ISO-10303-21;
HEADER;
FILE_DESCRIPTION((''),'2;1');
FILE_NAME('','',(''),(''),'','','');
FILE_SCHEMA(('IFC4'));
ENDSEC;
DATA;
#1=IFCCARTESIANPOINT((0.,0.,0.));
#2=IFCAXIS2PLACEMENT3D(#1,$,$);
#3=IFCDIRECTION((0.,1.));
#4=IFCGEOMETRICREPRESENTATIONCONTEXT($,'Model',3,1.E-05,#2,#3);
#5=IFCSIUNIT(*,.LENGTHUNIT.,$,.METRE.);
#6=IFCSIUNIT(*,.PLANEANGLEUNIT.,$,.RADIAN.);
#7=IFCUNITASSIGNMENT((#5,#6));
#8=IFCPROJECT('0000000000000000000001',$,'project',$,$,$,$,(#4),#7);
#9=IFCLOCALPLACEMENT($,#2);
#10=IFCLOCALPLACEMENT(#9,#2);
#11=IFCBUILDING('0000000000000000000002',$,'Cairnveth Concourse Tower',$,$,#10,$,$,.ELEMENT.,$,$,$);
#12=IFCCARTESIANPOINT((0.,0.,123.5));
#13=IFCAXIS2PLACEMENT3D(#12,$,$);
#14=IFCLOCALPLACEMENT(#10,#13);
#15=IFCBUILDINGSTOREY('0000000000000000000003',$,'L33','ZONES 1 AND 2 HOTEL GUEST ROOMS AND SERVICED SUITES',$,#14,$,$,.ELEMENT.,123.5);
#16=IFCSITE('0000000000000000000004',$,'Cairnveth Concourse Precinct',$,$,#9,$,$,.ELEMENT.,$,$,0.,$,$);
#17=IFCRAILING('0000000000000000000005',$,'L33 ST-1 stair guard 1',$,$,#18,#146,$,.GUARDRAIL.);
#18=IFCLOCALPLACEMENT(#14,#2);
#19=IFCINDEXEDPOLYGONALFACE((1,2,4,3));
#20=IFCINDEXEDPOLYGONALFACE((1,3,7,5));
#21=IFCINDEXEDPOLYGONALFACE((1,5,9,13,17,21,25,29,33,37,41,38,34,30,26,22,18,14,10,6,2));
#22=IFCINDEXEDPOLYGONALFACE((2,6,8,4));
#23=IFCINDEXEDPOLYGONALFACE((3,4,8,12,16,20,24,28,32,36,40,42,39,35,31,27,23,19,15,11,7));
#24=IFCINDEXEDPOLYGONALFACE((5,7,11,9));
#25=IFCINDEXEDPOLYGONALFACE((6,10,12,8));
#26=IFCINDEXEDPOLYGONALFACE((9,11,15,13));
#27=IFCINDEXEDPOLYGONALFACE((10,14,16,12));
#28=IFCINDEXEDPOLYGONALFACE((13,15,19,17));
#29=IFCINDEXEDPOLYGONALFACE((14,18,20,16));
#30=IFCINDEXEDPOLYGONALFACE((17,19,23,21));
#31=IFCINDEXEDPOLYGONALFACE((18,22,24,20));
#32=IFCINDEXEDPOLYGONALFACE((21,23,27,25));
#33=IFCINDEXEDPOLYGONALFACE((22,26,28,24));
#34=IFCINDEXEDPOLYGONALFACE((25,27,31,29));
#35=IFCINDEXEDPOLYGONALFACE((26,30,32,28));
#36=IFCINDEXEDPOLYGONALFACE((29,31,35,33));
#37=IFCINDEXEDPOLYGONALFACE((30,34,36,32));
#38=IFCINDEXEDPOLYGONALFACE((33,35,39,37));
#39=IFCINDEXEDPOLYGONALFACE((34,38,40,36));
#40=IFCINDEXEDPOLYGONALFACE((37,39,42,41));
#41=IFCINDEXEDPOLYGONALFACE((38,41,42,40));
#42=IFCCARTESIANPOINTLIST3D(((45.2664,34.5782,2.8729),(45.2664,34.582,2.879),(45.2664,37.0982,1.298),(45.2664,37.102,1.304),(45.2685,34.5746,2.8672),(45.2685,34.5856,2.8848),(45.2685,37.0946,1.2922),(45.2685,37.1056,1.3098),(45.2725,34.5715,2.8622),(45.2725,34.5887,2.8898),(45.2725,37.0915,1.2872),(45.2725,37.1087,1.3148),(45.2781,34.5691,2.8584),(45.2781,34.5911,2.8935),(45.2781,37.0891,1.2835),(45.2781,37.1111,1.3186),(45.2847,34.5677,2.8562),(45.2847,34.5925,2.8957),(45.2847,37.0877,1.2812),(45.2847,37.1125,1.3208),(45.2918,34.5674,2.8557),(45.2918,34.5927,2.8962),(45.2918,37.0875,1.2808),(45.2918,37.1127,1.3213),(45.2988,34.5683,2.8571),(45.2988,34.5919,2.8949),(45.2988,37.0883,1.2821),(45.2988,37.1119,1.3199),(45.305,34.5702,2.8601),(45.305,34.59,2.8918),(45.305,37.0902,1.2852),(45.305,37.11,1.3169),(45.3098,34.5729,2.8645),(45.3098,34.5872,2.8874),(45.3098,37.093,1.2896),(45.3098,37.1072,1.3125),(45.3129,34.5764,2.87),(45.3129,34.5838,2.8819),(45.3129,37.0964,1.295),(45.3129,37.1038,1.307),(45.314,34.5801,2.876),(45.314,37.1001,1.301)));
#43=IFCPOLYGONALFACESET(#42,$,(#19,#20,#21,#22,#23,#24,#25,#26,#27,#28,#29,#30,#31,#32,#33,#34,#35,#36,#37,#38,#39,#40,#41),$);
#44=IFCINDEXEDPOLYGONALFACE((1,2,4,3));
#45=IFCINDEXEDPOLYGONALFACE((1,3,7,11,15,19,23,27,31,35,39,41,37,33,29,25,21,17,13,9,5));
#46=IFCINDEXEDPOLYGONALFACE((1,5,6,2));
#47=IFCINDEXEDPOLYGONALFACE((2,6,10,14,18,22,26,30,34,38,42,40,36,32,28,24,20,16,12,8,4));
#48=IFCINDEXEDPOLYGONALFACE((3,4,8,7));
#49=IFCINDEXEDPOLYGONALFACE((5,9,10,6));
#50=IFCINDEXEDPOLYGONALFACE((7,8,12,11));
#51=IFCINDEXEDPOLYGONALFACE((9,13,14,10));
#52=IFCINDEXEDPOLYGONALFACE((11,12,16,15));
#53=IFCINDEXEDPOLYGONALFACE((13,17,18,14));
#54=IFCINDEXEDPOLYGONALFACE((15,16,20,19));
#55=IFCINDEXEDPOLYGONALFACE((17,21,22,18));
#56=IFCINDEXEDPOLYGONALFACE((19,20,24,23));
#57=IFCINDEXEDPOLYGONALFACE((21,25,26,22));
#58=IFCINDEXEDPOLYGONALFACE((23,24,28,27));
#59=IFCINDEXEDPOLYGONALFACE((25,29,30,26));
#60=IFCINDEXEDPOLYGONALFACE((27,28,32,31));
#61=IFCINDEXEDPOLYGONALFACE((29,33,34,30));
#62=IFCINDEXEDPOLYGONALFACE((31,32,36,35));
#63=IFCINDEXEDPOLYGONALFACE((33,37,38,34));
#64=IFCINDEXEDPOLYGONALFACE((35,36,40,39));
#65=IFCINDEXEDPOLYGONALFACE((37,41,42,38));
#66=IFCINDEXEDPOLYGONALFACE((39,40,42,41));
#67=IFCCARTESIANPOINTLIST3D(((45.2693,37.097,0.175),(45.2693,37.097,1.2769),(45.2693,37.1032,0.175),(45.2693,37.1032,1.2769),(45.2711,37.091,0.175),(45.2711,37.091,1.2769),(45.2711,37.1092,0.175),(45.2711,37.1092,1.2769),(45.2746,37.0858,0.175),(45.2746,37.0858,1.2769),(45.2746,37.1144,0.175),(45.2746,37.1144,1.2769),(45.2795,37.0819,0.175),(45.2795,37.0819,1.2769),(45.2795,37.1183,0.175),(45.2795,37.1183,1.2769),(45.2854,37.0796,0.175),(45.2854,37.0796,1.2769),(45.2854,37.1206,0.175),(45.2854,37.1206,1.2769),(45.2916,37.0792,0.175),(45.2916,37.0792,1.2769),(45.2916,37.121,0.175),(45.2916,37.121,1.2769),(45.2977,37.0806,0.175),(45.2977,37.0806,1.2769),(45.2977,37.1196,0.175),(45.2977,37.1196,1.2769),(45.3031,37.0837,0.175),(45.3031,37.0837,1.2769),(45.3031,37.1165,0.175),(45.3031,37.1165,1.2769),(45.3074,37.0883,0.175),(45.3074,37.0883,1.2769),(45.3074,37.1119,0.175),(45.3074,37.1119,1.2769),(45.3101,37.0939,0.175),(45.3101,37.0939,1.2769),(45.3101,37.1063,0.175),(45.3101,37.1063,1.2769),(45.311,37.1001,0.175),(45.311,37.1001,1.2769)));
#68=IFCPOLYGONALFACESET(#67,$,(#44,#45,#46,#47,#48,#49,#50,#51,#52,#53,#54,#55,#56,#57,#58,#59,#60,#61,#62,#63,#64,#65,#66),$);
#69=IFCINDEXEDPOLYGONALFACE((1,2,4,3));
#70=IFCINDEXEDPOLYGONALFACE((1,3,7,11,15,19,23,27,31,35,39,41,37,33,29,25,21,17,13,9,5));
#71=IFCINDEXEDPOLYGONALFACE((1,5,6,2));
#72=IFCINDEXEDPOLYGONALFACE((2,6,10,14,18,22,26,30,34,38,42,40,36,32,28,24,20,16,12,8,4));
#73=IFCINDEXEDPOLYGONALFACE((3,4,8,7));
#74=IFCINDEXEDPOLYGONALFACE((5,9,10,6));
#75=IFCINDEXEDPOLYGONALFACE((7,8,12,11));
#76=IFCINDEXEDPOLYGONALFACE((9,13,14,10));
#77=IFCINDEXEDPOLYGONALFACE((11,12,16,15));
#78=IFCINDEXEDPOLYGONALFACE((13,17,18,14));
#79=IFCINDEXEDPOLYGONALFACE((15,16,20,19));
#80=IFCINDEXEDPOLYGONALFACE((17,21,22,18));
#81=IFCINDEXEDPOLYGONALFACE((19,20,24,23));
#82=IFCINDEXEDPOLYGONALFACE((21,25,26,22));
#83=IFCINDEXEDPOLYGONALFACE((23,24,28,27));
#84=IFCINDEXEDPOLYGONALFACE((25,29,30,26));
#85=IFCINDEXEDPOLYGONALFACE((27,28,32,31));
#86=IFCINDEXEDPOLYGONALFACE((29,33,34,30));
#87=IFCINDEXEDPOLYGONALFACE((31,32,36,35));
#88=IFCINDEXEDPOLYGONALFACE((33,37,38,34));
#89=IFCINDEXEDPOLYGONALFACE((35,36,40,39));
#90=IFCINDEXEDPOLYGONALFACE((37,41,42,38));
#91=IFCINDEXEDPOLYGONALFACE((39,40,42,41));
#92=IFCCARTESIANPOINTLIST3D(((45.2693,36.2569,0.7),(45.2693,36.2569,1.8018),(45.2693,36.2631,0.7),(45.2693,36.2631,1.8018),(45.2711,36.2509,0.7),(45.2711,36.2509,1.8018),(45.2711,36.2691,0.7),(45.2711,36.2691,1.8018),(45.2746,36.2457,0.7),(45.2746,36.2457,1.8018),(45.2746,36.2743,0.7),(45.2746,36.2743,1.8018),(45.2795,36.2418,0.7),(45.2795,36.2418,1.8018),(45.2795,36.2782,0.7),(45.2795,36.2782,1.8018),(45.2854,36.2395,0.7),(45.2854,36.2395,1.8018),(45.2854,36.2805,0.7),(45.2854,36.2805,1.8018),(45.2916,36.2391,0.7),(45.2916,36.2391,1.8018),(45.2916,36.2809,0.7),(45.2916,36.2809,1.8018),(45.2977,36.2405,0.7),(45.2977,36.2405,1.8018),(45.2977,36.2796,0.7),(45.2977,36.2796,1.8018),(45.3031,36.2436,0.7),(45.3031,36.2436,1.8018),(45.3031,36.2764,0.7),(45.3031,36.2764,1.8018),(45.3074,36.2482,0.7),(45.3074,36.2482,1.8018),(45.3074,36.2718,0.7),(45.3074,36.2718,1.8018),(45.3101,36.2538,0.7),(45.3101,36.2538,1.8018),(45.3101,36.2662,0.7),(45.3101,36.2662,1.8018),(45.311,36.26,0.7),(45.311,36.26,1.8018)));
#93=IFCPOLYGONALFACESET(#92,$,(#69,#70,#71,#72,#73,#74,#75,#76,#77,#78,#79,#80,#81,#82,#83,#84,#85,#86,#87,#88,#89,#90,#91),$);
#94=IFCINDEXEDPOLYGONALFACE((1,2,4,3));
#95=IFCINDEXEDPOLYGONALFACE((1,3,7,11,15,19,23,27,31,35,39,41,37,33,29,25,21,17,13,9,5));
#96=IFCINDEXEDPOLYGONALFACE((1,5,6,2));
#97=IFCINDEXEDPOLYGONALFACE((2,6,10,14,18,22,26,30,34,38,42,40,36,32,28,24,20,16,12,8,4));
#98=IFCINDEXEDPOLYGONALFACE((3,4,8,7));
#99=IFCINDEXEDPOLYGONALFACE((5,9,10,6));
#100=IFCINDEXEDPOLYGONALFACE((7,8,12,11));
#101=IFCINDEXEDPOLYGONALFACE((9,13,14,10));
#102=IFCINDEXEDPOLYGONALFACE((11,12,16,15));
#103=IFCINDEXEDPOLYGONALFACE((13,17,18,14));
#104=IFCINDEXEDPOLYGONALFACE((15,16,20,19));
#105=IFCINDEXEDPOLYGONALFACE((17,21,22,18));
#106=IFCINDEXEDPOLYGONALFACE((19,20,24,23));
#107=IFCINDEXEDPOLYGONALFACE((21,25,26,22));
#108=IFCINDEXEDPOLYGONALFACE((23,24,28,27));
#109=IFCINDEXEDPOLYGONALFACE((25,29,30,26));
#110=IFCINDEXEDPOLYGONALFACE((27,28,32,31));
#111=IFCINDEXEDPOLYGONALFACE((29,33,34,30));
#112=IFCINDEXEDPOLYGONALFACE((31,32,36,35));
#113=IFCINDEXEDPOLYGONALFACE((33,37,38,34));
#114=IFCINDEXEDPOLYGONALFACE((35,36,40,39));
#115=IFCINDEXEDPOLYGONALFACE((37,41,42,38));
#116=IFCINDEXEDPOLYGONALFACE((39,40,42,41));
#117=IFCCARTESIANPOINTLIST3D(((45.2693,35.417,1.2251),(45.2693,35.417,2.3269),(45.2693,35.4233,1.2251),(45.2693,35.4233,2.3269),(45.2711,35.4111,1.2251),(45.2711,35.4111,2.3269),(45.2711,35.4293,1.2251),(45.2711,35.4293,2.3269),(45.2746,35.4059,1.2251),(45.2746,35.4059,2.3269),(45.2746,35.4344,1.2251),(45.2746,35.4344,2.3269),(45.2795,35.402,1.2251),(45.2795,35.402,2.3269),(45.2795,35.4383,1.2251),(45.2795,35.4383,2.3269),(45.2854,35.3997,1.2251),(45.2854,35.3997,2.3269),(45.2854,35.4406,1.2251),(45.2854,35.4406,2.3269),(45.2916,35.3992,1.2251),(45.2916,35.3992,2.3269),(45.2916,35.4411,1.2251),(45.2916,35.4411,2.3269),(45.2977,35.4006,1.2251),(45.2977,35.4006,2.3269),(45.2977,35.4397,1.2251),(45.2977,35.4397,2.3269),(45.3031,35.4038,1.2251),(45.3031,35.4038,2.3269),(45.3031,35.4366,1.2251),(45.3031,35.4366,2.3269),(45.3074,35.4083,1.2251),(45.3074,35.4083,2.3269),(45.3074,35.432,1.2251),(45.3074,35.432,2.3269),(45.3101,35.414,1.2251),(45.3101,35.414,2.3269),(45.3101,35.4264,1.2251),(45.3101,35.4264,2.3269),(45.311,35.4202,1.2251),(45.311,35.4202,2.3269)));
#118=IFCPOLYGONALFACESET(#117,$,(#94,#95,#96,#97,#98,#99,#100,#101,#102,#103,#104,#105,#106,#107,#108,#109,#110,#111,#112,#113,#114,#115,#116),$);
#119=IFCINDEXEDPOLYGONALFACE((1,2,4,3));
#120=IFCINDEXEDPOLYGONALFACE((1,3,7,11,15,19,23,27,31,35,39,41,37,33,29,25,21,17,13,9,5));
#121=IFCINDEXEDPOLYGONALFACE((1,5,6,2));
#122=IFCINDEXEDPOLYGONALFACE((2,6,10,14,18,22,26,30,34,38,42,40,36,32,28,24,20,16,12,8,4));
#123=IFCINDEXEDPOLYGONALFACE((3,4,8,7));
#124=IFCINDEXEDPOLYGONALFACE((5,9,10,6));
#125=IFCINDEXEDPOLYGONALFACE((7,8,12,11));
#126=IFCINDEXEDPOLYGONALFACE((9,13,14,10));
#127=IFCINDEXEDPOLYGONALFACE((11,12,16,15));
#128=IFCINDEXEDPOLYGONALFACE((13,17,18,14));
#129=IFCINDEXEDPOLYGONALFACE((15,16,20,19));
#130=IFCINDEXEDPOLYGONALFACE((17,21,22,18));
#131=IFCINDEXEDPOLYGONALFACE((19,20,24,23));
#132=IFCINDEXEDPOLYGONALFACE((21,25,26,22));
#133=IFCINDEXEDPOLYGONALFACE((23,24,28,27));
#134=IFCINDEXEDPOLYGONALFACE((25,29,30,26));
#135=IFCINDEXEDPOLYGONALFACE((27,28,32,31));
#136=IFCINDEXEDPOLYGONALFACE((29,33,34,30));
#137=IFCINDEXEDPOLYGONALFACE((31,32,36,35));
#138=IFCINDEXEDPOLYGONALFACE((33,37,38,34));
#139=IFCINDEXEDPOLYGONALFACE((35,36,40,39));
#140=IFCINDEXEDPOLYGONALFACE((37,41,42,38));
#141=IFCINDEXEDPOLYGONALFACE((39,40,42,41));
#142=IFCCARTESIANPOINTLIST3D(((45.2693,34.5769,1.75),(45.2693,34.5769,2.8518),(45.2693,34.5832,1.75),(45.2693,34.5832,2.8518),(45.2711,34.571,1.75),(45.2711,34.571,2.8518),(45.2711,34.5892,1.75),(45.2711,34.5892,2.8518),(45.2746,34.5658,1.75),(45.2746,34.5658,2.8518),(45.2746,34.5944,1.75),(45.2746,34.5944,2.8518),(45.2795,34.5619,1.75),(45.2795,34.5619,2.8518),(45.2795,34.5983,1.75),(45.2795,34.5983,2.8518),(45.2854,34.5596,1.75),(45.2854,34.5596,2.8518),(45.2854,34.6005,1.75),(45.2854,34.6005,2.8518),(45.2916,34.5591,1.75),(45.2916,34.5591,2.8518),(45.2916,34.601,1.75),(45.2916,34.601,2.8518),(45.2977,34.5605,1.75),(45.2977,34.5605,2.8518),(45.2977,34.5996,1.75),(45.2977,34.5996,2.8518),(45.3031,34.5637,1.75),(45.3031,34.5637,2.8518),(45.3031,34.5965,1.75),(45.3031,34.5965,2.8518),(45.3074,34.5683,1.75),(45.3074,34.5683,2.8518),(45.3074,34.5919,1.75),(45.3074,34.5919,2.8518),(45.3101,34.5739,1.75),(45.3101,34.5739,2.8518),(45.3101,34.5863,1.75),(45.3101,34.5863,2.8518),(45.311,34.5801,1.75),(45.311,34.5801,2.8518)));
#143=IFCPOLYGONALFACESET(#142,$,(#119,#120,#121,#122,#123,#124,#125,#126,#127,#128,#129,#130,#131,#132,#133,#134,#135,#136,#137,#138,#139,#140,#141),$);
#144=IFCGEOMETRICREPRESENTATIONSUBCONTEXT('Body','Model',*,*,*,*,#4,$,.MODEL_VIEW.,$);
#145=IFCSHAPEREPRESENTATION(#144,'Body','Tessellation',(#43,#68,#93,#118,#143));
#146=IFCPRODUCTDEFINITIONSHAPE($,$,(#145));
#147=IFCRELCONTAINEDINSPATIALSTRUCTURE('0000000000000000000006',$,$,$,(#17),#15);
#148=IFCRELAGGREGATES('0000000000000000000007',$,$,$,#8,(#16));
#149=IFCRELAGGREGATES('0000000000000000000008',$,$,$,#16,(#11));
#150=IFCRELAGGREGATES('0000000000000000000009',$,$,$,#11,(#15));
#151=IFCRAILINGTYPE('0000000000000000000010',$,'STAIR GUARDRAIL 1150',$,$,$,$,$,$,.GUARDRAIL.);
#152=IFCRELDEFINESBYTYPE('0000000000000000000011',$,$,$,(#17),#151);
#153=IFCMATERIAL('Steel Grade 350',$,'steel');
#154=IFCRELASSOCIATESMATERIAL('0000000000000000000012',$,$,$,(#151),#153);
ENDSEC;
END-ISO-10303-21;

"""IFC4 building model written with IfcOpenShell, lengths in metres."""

from ifc_helpers import new_model, si_unit, direction, frame, origin, origin_2d, place, context, subcontext, project, spatial, circle, extrude, material, type_object, element, save


model = new_model("IFC4")

# Units and contexts
model_context = context("Model", 3, precision=1e-05, world=origin(), true_north=direction((0.0, 1.0)))
body_context = subcontext(model_context, "Body", "Model", "MODEL_VIEW")
ifc_project = project(units=[si_unit("LENGTHUNIT", "METRE"), si_unit("PLANEANGLEUNIT", "RADIAN")], contexts=[model_context])

# Site, building, storey
site_placement = place(None, origin())
site = spatial("IfcSite", under=ifc_project, at=site_placement, Name="Cairnveth Concourse Precinct", CompositionType="ELEMENT", RefElevation=0.0)
building_placement = place(site_placement, origin())
building = spatial("IfcBuilding", under=site, at=building_placement, Name="Cairnveth Concourse Tower", CompositionType="ELEMENT")
storey_placement = place(building_placement, frame((0.0, 0.0, 123.5)))
storey = spatial("IfcBuildingStorey", under=building, at=storey_placement, Name="L33", Description="ZONES 1 AND 2 HOTEL GUEST ROOMS AND SERVICED SUITES", CompositionType="ELEMENT", Elevation=123.5)

# Shared definitions
ifc_material_1 = material(Name="Steel Grade 350", Category="steel")

# Railing
railing_type_1 = type_object("IfcRailingType", Name="STAIR GUARDRAIL 1150", PredefinedType="GUARDRAIL", material=ifc_material_1)
railing_1_placement = place(storey_placement, frame((45.29, 37.1001, 0.175)))
element("IfcRailing", 1, at=railing_1_placement, inside=storey, type_object=railing_type_1, Name="L33 ST-1 stair guard 1", PredefinedType="GUARDRAIL", context=body_context, shape_type="SweptSolid", body=[
    extrude(circle(Radius=0.0239, at=origin_2d()), frame((0.0, 0.0, 1.126), z_axis=(0.0, -0.848008, 0.529984), x_axis=(1.0, 0.0, 0.0)), (0.0, 0.0, 1.0), 2.9717),
    extrude(circle(Radius=0.021, at=origin_2d()), origin(), (0.0, 0.0, 1.0), 1.1018),
    extrude(circle(Radius=0.021, at=origin_2d()), frame((0.0, -0.8401, 0.5249)), (0.0, 0.0, 1.0), 1.1018),
    extrude(circle(Radius=0.021, at=origin_2d()), frame((0.0, -1.6799, 1.05)), (0.0, 0.0, 1.0), 1.1018),
    extrude(circle(Radius=0.021, at=origin_2d()), frame((0.0, -2.52, 1.575)), (0.0, 0.0, 1.0), 1.1018),
])

save(model, "model.ifc")
